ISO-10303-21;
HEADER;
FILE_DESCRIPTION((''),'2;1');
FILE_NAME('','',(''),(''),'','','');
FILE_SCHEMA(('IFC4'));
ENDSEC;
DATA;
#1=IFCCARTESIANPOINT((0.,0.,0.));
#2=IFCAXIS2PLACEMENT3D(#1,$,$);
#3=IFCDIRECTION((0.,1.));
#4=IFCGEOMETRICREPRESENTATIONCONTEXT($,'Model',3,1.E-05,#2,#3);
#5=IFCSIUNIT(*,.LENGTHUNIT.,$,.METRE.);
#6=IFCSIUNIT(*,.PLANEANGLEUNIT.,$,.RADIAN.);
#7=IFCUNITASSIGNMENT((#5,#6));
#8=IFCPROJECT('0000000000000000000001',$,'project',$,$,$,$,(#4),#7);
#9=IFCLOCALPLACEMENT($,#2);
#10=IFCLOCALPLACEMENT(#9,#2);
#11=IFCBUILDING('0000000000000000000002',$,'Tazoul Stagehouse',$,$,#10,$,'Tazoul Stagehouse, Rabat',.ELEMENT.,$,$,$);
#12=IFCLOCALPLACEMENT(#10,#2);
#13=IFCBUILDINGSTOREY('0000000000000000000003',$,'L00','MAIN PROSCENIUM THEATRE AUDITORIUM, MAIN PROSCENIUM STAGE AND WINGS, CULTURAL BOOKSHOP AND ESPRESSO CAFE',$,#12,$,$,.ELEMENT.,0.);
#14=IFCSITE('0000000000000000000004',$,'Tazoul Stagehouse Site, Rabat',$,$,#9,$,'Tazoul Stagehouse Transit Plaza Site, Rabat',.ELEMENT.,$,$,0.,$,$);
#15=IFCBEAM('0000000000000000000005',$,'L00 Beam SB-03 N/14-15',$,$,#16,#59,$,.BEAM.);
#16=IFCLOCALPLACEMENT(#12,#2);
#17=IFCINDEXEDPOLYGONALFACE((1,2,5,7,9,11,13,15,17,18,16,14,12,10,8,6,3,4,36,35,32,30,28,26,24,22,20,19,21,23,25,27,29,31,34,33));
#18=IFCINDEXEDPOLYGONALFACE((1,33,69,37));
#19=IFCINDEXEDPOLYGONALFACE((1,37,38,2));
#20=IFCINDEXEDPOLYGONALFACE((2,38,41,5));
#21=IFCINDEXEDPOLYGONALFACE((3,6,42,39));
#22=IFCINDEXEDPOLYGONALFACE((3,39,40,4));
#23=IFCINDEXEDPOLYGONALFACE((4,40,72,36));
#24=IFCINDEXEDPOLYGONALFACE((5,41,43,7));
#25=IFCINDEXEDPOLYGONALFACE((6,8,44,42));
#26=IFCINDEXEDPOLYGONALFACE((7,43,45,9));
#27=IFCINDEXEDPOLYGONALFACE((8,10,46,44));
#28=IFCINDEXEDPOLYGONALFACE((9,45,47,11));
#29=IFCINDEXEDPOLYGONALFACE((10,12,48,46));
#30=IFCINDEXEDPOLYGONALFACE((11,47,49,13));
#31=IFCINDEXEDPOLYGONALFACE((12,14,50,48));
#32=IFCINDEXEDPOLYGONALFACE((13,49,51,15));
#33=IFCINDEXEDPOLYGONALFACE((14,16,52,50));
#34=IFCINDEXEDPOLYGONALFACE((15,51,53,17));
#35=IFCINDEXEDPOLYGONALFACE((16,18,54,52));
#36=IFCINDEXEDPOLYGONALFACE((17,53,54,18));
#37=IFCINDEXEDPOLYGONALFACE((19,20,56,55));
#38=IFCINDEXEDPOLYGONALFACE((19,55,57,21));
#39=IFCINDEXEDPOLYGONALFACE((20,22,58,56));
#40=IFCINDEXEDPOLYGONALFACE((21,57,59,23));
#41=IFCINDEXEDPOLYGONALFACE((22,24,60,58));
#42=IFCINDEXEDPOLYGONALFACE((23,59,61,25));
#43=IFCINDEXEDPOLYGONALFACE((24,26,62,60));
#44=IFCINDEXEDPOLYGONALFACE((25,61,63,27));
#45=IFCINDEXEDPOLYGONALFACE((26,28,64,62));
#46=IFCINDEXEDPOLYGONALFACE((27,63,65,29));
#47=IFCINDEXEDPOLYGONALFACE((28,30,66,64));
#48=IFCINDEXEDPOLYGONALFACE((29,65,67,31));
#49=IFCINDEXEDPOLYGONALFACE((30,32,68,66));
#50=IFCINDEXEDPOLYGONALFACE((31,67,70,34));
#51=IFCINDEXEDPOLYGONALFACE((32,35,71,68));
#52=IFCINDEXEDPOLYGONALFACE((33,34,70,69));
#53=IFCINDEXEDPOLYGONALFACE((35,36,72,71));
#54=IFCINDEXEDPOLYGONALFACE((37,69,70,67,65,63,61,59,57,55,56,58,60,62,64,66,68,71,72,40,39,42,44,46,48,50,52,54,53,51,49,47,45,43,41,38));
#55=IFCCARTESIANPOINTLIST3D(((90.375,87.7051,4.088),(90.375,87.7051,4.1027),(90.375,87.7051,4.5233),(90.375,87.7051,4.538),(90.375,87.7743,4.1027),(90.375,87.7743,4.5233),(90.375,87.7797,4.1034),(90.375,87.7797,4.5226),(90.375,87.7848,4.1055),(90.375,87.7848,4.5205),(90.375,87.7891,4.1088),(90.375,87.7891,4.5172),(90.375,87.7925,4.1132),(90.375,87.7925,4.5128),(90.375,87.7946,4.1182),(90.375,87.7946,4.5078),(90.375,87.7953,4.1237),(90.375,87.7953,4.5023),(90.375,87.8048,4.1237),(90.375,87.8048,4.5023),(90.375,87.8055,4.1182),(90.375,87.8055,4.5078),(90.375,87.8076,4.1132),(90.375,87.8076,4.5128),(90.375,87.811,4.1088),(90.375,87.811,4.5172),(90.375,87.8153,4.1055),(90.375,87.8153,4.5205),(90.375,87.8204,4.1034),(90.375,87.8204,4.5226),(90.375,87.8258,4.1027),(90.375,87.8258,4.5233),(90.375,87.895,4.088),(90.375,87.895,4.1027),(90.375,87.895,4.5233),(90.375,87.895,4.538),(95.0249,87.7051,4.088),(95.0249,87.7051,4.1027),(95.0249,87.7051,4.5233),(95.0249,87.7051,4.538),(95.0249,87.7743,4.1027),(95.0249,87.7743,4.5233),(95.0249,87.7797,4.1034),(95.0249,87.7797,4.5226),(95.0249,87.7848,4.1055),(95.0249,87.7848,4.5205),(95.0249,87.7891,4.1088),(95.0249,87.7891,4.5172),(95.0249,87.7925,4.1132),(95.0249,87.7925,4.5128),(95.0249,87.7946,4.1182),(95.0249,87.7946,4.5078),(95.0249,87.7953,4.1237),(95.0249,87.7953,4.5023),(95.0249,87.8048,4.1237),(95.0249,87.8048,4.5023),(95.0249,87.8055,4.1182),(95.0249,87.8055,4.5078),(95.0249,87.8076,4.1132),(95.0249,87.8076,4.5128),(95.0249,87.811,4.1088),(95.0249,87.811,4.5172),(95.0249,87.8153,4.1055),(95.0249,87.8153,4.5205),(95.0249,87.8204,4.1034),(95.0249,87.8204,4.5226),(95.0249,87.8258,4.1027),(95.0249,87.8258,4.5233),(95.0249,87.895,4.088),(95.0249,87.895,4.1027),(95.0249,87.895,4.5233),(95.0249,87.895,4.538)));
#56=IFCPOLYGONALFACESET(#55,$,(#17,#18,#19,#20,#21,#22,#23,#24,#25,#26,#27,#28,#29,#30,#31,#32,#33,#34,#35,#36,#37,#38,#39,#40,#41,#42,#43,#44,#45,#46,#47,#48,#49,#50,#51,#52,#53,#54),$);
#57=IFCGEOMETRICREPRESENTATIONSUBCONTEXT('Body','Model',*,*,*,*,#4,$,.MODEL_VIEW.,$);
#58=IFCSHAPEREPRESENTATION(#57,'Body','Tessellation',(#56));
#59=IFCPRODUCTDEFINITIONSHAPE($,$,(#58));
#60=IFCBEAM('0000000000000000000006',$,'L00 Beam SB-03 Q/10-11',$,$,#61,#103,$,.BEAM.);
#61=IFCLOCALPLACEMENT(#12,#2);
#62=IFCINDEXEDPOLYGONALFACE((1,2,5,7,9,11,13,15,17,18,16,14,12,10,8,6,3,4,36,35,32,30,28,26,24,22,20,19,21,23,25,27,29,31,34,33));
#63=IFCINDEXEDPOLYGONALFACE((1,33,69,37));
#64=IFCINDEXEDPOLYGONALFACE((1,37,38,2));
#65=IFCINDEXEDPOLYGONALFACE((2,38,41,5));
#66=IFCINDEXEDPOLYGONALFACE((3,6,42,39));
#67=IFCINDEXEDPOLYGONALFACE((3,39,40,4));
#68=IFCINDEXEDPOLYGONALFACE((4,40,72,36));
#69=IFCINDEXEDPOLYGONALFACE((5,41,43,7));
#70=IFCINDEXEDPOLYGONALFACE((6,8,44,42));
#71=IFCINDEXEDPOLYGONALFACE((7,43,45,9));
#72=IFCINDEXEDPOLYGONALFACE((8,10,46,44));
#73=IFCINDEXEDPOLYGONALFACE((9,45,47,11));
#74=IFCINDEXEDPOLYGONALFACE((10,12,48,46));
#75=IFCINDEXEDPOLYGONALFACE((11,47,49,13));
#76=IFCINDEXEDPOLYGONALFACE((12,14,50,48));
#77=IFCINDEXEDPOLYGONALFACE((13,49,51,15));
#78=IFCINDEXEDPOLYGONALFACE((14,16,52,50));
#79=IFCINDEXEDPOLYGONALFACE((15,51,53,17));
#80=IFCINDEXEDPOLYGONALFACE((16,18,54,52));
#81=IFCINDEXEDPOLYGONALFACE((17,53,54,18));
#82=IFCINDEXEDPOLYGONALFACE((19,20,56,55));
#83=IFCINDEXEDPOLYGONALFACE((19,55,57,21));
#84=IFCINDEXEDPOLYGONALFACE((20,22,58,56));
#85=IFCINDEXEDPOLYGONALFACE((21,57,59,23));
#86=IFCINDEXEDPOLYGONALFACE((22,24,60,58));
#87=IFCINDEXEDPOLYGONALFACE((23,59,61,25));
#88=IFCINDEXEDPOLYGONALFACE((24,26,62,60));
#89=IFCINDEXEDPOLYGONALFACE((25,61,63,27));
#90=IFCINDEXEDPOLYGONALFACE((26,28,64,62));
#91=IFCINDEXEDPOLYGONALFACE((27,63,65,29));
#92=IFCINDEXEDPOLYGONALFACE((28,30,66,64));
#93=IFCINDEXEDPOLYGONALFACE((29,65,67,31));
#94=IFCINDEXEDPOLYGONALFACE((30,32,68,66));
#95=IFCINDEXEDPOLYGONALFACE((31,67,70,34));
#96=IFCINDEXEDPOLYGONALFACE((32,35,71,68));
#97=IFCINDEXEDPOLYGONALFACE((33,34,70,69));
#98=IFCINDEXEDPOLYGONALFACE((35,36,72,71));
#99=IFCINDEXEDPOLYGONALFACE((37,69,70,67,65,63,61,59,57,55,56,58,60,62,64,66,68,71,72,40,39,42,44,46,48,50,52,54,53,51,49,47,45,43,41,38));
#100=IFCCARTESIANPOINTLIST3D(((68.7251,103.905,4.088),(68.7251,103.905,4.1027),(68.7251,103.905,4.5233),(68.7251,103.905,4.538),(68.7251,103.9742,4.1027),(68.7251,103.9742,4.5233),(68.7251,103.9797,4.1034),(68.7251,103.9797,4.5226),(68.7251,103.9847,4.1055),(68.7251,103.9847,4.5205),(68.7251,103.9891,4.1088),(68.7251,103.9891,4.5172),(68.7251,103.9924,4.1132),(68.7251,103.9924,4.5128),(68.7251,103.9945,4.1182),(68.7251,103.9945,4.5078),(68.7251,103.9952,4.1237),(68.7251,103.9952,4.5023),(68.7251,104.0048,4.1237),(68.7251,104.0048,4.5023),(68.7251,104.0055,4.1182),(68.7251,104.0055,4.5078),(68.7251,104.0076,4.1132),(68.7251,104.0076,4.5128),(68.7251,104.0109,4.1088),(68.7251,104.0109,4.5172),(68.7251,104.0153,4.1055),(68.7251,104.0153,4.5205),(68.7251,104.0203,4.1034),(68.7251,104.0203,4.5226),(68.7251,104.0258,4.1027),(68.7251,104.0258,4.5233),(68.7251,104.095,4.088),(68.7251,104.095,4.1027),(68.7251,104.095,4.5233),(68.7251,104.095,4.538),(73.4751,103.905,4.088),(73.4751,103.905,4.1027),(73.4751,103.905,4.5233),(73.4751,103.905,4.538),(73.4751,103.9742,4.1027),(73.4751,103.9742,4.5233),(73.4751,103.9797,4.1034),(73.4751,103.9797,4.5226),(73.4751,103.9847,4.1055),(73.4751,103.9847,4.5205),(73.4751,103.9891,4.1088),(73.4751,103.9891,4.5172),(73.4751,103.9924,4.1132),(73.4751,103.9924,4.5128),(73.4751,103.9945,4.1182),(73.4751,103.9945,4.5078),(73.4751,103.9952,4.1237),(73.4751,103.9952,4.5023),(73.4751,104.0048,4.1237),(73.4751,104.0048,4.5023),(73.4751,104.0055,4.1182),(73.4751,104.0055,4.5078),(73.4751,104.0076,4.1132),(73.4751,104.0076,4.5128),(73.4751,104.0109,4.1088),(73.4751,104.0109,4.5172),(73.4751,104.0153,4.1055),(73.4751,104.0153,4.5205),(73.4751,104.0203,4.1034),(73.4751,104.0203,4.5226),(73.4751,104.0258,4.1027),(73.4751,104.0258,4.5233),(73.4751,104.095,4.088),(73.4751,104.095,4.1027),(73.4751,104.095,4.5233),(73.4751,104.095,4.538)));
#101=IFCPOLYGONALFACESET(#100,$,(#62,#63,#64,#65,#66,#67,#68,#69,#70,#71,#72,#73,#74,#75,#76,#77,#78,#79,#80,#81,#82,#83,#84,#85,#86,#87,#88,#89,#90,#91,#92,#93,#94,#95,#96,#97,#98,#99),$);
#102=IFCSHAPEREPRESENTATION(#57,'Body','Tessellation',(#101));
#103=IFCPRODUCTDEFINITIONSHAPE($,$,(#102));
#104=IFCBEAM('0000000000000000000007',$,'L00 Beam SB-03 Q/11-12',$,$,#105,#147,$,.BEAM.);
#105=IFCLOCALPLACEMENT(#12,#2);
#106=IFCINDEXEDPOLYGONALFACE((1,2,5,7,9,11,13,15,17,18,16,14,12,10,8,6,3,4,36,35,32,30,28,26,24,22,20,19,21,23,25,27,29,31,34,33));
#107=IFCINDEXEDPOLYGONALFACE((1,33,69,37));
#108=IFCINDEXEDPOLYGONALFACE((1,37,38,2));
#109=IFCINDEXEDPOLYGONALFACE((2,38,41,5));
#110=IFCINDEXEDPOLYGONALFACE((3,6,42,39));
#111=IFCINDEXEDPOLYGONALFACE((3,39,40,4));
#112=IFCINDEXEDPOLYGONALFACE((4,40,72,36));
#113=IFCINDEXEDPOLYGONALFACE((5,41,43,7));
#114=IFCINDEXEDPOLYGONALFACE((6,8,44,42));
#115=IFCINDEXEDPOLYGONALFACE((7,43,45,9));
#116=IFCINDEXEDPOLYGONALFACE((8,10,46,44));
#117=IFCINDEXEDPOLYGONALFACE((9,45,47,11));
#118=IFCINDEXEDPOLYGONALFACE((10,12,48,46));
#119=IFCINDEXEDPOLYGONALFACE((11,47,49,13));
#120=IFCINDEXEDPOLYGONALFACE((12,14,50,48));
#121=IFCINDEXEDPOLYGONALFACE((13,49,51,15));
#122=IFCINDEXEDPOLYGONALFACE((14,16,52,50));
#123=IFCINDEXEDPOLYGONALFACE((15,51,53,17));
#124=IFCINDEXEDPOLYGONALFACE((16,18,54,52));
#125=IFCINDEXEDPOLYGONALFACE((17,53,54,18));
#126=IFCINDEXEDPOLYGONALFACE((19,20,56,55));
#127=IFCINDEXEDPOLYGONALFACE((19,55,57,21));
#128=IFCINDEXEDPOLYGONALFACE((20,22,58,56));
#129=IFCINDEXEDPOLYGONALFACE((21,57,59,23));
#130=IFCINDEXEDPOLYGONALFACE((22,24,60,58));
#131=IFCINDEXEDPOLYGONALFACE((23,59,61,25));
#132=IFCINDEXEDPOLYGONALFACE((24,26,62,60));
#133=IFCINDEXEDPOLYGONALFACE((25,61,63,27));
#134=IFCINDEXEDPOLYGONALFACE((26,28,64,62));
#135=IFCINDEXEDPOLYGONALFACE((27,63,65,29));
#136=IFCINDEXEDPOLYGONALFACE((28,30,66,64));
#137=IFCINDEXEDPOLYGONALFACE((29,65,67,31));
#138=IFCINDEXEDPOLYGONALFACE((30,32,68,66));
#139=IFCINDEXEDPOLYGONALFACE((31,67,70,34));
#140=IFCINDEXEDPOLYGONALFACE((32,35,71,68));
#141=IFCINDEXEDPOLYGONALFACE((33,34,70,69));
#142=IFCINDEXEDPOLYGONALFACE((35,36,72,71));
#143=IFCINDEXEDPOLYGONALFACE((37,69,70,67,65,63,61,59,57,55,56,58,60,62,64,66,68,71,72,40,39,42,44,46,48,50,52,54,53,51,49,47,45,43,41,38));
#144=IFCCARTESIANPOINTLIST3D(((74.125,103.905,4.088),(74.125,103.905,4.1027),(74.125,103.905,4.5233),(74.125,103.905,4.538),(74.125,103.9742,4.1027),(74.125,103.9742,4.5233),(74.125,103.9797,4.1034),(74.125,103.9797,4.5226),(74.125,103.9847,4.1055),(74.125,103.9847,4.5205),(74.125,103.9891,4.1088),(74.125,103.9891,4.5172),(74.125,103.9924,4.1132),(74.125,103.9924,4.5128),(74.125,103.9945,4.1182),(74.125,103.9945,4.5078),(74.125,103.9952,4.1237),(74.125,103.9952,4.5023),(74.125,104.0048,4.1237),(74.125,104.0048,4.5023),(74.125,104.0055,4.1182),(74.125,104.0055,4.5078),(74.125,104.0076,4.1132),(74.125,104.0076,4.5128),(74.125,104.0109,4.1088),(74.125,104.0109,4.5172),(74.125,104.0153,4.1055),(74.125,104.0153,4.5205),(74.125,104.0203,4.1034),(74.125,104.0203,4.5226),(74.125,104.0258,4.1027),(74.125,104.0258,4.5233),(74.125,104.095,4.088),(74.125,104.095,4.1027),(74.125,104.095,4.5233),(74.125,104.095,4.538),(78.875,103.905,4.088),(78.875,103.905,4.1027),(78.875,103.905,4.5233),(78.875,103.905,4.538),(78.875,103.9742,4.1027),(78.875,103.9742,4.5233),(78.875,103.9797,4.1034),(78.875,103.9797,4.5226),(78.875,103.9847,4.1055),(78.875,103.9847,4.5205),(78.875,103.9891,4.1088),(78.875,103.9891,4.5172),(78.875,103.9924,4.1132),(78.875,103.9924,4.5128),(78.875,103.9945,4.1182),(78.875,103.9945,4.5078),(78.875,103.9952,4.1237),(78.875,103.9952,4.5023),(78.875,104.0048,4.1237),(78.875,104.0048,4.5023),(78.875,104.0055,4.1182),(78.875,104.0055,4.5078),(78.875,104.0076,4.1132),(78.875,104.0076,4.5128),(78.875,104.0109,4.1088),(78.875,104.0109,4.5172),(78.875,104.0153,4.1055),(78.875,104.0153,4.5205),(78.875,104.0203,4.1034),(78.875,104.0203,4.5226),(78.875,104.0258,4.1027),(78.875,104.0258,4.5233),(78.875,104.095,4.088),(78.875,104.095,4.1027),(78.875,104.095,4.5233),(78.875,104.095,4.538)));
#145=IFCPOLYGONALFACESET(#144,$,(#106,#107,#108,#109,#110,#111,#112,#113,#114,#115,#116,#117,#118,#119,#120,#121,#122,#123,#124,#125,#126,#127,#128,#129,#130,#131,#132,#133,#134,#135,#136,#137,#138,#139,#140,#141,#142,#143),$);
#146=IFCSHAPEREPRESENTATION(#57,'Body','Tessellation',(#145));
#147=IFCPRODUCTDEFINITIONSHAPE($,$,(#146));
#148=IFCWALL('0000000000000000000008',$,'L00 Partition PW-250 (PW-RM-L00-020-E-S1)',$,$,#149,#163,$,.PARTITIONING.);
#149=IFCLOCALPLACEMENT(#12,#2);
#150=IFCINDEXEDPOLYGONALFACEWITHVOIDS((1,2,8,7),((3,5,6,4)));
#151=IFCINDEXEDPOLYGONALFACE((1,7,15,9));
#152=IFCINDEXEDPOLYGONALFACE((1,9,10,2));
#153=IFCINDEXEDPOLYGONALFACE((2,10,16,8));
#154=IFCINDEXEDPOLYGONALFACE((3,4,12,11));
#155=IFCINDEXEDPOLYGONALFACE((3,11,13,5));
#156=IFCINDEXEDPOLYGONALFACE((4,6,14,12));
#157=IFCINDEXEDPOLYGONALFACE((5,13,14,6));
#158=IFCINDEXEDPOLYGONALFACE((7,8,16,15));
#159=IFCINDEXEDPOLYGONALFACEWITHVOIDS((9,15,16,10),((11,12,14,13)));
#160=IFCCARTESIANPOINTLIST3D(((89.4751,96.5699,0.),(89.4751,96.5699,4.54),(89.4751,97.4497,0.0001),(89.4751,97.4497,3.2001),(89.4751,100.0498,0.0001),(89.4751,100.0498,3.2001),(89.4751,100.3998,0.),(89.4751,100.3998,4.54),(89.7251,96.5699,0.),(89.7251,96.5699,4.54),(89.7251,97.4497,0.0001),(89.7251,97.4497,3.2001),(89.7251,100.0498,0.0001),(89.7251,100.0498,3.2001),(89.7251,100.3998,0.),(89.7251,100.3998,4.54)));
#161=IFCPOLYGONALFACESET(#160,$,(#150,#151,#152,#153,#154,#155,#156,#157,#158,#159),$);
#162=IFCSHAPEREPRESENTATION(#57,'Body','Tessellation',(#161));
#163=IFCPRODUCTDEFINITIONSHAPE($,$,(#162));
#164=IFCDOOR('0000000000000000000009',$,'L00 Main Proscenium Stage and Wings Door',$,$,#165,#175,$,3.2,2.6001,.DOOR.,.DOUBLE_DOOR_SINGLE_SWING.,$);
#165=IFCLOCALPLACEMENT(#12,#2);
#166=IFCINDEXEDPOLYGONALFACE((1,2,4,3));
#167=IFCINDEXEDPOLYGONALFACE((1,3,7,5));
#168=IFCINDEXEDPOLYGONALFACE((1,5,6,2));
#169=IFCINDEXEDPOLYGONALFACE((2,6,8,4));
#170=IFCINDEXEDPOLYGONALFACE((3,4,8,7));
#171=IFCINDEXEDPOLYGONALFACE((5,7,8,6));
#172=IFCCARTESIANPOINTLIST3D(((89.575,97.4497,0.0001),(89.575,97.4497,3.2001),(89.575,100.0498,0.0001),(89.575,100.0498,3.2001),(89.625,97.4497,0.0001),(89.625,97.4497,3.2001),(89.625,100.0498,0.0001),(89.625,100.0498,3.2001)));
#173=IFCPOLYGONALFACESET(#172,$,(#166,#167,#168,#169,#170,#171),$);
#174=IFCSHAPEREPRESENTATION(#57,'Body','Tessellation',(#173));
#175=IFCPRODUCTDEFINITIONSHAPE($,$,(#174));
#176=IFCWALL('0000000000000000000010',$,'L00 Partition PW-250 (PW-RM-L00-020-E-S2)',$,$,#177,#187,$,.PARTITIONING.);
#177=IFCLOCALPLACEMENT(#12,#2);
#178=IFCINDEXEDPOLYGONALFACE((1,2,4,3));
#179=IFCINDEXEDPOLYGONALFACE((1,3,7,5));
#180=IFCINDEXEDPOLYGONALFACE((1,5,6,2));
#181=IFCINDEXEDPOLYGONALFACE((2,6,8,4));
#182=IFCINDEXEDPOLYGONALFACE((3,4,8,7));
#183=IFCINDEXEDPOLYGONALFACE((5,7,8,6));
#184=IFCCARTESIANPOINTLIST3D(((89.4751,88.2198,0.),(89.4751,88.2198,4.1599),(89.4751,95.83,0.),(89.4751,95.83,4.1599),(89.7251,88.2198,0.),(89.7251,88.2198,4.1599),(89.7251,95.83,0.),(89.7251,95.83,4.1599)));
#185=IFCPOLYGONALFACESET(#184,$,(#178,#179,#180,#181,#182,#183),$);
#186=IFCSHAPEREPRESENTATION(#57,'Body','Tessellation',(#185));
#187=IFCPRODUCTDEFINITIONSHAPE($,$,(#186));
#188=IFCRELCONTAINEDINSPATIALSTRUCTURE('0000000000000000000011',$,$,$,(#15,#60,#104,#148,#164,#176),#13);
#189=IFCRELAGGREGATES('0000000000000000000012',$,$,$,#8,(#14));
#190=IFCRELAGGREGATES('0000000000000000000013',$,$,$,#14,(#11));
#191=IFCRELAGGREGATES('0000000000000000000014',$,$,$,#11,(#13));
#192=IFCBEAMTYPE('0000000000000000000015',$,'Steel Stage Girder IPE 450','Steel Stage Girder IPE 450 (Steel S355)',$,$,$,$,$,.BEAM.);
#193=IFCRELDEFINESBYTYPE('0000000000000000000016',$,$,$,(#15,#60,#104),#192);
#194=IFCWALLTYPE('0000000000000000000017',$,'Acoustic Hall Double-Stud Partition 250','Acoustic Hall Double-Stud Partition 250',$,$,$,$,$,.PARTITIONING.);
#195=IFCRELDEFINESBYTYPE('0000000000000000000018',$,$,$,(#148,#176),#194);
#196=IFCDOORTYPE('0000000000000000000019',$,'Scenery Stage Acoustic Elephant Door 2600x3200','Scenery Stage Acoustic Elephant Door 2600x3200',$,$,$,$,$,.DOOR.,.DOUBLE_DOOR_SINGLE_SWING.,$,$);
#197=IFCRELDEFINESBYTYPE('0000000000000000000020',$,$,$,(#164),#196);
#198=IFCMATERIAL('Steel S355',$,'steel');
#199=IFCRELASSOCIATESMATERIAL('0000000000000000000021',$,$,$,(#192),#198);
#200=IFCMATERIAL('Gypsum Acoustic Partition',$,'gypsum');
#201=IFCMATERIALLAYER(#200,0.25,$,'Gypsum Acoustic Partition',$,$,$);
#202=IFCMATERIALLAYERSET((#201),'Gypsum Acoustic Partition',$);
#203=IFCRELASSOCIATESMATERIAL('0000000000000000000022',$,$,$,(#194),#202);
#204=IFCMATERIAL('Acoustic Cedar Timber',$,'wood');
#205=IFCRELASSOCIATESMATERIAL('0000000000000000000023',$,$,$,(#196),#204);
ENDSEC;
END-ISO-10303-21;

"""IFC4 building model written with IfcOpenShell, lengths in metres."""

from ifc_helpers import new_model, si_unit, direction, frame, frame_2d, origin, origin_2d, place, context, subcontext, project, spatial, rectangle, i_section, extrude, material, layer, layer_set, material_profile, profile_set, type_object, element, fill, save


model = new_model("IFC4")

# Units and contexts
model_context = context("Model", 3, precision=1e-05, world=origin(), true_north=direction((0.0, 1.0)))
body_context = subcontext(model_context, "Body", "Model", "MODEL_VIEW")
ifc_project = project(units=[si_unit("LENGTHUNIT", "METRE"), si_unit("PLANEANGLEUNIT", "RADIAN")], contexts=[model_context])

# Site, building, storey
site_placement = place(None, origin())
site = spatial("IfcSite", under=ifc_project, at=site_placement, Name="Tazoul Stagehouse Site, Rabat", LongName="Tazoul Stagehouse Transit Plaza Site, Rabat", CompositionType="ELEMENT", RefElevation=0.0)
building_placement = place(site_placement, origin())
building = spatial("IfcBuilding", under=site, at=building_placement, Name="Tazoul Stagehouse", LongName="Tazoul Stagehouse, Rabat", CompositionType="ELEMENT")
storey_placement = place(building_placement, origin())
storey = spatial("IfcBuildingStorey", under=building, at=storey_placement, Name="L00", Description="MAIN PROSCENIUM THEATRE AUDITORIUM, MAIN PROSCENIUM STAGE AND WINGS, CULTURAL BOOKSHOP AND ESPRESSO CAFE", CompositionType="ELEMENT", Elevation=0.0)

# Beams
ifc_material_1 = material(Name="Steel S355", Category="steel")
ifc_material_profile_1 = material_profile(ifc_material_1, i_section(OverallWidth=0.1899, OverallDepth=0.45, WebThickness=0.0095, FlangeThickness=0.0146, FilletRadius=0.021, at=origin_2d()), Name="IPE 450")
ifc_profile_set_1 = profile_set([ifc_material_profile_1], Name="Steel S355")
beam_type_1 = type_object("IfcBeamType", Name="Steel Stage Girder IPE 450", Description="Steel Stage Girder IPE 450 (Steel S355)", PredefinedType="BEAM", material=ifc_profile_set_1)
for number, where, z_axis, x_axis, name in (
    (1, (90.375, 87.8, 4.313), (1.0, 0.0, 0.0), (0.0, 1.0, 0.0), "L00 Beam SB-03 N/14-15"),
):
    element("IfcBeam", number, at=place(storey_placement, frame(where, z_axis=z_axis, x_axis=x_axis)), inside=storey, type_object=beam_type_1, Name=name, PredefinedType="BEAM", context=body_context, shape_type="SweptSolid", body=[
        extrude(i_section(OverallWidth=0.1899, OverallDepth=0.45, WebThickness=0.0095, FlangeThickness=0.0146, FilletRadius=0.021, at=origin_2d()), origin(), (0.0, 0.0, 1.0), 4.6499),
    ])
for number, where, z_axis, x_axis, name in (
    (2, (68.7251, 104.0, 4.313), (1.0, 0.0, 0.0), (0.0, 1.0, 0.0), "L00 Beam SB-03 Q/10-11"),
    (3, (74.125, 104.0, 4.313), (1.0, 0.0, 0.0), (0.0, 1.0, 0.0), "L00 Beam SB-03 Q/11-12"),
):
    element("IfcBeam", number, at=place(storey_placement, frame(where, z_axis=z_axis, x_axis=x_axis)), inside=storey, type_object=beam_type_1, Name=name, PredefinedType="BEAM", context=body_context, shape_type="SweptSolid", body=[
        extrude(i_section(OverallWidth=0.1899, OverallDepth=0.45, WebThickness=0.0095, FlangeThickness=0.0146, FilletRadius=0.021, at=origin_2d()), origin(), (0.0, 0.0, 1.0), 4.75),
    ])

# Wall, opening, door
ifc_material_2 = material(Name="Gypsum Acoustic Partition", Category="gypsum")
ifc_layer_1 = layer(ifc_material_2, 0.25, Name="Gypsum Acoustic Partition")
ifc_layer_set_1 = layer_set([ifc_layer_1], Name="Gypsum Acoustic Partition")
wall_type_1 = type_object("IfcWallType", Name="Acoustic Hall Double-Stud Partition 250", Description="Acoustic Hall Double-Stud Partition 250", PredefinedType="PARTITIONING", material=ifc_layer_set_1)
wall_1_placement = place(storey_placement, frame((89.6001, 100.3999, 0.0), z_axis=(0.0, 0.0, 1.0), x_axis=(0.0, -1.0, 0.0)))
wall_1 = element("IfcWall", 4, at=wall_1_placement, inside=storey, type_object=wall_type_1, Name="L00 Partition PW-250 (PW-RM-L00-020-E-S1)", PredefinedType="PARTITIONING", context=body_context, shape_type="SweptSolid", body=[
    extrude(rectangle(XDim=3.8298, YDim=0.25, at=frame_2d((1.915, 0.0))), origin(), (0.0, 0.0, 1.0), 4.54),
])
opening_1_placement = place(wall_1_placement, frame((0.3501, 0.0, 0.0)))
opening_1 = element("IfcOpeningElement", 5, at=opening_1_placement, cuts=wall_1, PredefinedType="OPENING", context=body_context, shape_type="SweptSolid", body=[
    extrude(rectangle(XDim=2.6001, YDim=3.2, at=frame_2d((1.3, 1.6001))), frame((0.0, 0.145, 0.0), z_axis=(0.0, -1.0, 0.0), x_axis=(1.0, 0.0, 0.0)), (0.0, 0.0, 1.0), 0.29),
])
ifc_material_3 = material(Name="Acoustic Cedar Timber", Category="wood")
door_type_1 = type_object("IfcDoorType", Name="Scenery Stage Acoustic Elephant Door 2600x3200", Description="Scenery Stage Acoustic Elephant Door 2600x3200", OperationType="DOUBLE_DOOR_SINGLE_SWING", PredefinedType="DOOR", material=ifc_material_3)
door_1_placement = place(opening_1_placement, origin())
door_1 = element("IfcDoor", 6, at=door_1_placement, inside=storey, type_object=door_type_1, Name="L00 Main Proscenium Stage and Wings Door", OperationType="DOUBLE_DOOR_SINGLE_SWING", OverallHeight=3.2, OverallWidth=2.6001, PredefinedType="DOOR", context=body_context, shape_type="SweptSolid", body=[
    extrude(rectangle(XDim=2.6001, YDim=3.2, at=frame_2d((1.3, 1.6001))), frame((0.0, 0.0249, 0.0), z_axis=(0.0, -1.0, 0.0), x_axis=(1.0, 0.0, 0.0)), (0.0, 0.0, 1.0), 0.05),
])
fill(opening_1, door_1)

# Wall
wall_2_placement = place(storey_placement, frame((89.6001, 95.8301, 0.0), z_axis=(0.0, 0.0, 1.0), x_axis=(0.0, -1.0, 0.0)))
element("IfcWall", 7, at=wall_2_placement, inside=storey, type_object=wall_type_1, Name="L00 Partition PW-250 (PW-RM-L00-020-E-S2)", PredefinedType="PARTITIONING", context=body_context, shape_type="SweptSolid", body=[
    extrude(rectangle(XDim=7.6101, YDim=0.25, at=frame_2d((3.8052, 0.0))), origin(), (0.0, 0.0, 1.0), 4.1599),
])

save(model, "model.ifc")
